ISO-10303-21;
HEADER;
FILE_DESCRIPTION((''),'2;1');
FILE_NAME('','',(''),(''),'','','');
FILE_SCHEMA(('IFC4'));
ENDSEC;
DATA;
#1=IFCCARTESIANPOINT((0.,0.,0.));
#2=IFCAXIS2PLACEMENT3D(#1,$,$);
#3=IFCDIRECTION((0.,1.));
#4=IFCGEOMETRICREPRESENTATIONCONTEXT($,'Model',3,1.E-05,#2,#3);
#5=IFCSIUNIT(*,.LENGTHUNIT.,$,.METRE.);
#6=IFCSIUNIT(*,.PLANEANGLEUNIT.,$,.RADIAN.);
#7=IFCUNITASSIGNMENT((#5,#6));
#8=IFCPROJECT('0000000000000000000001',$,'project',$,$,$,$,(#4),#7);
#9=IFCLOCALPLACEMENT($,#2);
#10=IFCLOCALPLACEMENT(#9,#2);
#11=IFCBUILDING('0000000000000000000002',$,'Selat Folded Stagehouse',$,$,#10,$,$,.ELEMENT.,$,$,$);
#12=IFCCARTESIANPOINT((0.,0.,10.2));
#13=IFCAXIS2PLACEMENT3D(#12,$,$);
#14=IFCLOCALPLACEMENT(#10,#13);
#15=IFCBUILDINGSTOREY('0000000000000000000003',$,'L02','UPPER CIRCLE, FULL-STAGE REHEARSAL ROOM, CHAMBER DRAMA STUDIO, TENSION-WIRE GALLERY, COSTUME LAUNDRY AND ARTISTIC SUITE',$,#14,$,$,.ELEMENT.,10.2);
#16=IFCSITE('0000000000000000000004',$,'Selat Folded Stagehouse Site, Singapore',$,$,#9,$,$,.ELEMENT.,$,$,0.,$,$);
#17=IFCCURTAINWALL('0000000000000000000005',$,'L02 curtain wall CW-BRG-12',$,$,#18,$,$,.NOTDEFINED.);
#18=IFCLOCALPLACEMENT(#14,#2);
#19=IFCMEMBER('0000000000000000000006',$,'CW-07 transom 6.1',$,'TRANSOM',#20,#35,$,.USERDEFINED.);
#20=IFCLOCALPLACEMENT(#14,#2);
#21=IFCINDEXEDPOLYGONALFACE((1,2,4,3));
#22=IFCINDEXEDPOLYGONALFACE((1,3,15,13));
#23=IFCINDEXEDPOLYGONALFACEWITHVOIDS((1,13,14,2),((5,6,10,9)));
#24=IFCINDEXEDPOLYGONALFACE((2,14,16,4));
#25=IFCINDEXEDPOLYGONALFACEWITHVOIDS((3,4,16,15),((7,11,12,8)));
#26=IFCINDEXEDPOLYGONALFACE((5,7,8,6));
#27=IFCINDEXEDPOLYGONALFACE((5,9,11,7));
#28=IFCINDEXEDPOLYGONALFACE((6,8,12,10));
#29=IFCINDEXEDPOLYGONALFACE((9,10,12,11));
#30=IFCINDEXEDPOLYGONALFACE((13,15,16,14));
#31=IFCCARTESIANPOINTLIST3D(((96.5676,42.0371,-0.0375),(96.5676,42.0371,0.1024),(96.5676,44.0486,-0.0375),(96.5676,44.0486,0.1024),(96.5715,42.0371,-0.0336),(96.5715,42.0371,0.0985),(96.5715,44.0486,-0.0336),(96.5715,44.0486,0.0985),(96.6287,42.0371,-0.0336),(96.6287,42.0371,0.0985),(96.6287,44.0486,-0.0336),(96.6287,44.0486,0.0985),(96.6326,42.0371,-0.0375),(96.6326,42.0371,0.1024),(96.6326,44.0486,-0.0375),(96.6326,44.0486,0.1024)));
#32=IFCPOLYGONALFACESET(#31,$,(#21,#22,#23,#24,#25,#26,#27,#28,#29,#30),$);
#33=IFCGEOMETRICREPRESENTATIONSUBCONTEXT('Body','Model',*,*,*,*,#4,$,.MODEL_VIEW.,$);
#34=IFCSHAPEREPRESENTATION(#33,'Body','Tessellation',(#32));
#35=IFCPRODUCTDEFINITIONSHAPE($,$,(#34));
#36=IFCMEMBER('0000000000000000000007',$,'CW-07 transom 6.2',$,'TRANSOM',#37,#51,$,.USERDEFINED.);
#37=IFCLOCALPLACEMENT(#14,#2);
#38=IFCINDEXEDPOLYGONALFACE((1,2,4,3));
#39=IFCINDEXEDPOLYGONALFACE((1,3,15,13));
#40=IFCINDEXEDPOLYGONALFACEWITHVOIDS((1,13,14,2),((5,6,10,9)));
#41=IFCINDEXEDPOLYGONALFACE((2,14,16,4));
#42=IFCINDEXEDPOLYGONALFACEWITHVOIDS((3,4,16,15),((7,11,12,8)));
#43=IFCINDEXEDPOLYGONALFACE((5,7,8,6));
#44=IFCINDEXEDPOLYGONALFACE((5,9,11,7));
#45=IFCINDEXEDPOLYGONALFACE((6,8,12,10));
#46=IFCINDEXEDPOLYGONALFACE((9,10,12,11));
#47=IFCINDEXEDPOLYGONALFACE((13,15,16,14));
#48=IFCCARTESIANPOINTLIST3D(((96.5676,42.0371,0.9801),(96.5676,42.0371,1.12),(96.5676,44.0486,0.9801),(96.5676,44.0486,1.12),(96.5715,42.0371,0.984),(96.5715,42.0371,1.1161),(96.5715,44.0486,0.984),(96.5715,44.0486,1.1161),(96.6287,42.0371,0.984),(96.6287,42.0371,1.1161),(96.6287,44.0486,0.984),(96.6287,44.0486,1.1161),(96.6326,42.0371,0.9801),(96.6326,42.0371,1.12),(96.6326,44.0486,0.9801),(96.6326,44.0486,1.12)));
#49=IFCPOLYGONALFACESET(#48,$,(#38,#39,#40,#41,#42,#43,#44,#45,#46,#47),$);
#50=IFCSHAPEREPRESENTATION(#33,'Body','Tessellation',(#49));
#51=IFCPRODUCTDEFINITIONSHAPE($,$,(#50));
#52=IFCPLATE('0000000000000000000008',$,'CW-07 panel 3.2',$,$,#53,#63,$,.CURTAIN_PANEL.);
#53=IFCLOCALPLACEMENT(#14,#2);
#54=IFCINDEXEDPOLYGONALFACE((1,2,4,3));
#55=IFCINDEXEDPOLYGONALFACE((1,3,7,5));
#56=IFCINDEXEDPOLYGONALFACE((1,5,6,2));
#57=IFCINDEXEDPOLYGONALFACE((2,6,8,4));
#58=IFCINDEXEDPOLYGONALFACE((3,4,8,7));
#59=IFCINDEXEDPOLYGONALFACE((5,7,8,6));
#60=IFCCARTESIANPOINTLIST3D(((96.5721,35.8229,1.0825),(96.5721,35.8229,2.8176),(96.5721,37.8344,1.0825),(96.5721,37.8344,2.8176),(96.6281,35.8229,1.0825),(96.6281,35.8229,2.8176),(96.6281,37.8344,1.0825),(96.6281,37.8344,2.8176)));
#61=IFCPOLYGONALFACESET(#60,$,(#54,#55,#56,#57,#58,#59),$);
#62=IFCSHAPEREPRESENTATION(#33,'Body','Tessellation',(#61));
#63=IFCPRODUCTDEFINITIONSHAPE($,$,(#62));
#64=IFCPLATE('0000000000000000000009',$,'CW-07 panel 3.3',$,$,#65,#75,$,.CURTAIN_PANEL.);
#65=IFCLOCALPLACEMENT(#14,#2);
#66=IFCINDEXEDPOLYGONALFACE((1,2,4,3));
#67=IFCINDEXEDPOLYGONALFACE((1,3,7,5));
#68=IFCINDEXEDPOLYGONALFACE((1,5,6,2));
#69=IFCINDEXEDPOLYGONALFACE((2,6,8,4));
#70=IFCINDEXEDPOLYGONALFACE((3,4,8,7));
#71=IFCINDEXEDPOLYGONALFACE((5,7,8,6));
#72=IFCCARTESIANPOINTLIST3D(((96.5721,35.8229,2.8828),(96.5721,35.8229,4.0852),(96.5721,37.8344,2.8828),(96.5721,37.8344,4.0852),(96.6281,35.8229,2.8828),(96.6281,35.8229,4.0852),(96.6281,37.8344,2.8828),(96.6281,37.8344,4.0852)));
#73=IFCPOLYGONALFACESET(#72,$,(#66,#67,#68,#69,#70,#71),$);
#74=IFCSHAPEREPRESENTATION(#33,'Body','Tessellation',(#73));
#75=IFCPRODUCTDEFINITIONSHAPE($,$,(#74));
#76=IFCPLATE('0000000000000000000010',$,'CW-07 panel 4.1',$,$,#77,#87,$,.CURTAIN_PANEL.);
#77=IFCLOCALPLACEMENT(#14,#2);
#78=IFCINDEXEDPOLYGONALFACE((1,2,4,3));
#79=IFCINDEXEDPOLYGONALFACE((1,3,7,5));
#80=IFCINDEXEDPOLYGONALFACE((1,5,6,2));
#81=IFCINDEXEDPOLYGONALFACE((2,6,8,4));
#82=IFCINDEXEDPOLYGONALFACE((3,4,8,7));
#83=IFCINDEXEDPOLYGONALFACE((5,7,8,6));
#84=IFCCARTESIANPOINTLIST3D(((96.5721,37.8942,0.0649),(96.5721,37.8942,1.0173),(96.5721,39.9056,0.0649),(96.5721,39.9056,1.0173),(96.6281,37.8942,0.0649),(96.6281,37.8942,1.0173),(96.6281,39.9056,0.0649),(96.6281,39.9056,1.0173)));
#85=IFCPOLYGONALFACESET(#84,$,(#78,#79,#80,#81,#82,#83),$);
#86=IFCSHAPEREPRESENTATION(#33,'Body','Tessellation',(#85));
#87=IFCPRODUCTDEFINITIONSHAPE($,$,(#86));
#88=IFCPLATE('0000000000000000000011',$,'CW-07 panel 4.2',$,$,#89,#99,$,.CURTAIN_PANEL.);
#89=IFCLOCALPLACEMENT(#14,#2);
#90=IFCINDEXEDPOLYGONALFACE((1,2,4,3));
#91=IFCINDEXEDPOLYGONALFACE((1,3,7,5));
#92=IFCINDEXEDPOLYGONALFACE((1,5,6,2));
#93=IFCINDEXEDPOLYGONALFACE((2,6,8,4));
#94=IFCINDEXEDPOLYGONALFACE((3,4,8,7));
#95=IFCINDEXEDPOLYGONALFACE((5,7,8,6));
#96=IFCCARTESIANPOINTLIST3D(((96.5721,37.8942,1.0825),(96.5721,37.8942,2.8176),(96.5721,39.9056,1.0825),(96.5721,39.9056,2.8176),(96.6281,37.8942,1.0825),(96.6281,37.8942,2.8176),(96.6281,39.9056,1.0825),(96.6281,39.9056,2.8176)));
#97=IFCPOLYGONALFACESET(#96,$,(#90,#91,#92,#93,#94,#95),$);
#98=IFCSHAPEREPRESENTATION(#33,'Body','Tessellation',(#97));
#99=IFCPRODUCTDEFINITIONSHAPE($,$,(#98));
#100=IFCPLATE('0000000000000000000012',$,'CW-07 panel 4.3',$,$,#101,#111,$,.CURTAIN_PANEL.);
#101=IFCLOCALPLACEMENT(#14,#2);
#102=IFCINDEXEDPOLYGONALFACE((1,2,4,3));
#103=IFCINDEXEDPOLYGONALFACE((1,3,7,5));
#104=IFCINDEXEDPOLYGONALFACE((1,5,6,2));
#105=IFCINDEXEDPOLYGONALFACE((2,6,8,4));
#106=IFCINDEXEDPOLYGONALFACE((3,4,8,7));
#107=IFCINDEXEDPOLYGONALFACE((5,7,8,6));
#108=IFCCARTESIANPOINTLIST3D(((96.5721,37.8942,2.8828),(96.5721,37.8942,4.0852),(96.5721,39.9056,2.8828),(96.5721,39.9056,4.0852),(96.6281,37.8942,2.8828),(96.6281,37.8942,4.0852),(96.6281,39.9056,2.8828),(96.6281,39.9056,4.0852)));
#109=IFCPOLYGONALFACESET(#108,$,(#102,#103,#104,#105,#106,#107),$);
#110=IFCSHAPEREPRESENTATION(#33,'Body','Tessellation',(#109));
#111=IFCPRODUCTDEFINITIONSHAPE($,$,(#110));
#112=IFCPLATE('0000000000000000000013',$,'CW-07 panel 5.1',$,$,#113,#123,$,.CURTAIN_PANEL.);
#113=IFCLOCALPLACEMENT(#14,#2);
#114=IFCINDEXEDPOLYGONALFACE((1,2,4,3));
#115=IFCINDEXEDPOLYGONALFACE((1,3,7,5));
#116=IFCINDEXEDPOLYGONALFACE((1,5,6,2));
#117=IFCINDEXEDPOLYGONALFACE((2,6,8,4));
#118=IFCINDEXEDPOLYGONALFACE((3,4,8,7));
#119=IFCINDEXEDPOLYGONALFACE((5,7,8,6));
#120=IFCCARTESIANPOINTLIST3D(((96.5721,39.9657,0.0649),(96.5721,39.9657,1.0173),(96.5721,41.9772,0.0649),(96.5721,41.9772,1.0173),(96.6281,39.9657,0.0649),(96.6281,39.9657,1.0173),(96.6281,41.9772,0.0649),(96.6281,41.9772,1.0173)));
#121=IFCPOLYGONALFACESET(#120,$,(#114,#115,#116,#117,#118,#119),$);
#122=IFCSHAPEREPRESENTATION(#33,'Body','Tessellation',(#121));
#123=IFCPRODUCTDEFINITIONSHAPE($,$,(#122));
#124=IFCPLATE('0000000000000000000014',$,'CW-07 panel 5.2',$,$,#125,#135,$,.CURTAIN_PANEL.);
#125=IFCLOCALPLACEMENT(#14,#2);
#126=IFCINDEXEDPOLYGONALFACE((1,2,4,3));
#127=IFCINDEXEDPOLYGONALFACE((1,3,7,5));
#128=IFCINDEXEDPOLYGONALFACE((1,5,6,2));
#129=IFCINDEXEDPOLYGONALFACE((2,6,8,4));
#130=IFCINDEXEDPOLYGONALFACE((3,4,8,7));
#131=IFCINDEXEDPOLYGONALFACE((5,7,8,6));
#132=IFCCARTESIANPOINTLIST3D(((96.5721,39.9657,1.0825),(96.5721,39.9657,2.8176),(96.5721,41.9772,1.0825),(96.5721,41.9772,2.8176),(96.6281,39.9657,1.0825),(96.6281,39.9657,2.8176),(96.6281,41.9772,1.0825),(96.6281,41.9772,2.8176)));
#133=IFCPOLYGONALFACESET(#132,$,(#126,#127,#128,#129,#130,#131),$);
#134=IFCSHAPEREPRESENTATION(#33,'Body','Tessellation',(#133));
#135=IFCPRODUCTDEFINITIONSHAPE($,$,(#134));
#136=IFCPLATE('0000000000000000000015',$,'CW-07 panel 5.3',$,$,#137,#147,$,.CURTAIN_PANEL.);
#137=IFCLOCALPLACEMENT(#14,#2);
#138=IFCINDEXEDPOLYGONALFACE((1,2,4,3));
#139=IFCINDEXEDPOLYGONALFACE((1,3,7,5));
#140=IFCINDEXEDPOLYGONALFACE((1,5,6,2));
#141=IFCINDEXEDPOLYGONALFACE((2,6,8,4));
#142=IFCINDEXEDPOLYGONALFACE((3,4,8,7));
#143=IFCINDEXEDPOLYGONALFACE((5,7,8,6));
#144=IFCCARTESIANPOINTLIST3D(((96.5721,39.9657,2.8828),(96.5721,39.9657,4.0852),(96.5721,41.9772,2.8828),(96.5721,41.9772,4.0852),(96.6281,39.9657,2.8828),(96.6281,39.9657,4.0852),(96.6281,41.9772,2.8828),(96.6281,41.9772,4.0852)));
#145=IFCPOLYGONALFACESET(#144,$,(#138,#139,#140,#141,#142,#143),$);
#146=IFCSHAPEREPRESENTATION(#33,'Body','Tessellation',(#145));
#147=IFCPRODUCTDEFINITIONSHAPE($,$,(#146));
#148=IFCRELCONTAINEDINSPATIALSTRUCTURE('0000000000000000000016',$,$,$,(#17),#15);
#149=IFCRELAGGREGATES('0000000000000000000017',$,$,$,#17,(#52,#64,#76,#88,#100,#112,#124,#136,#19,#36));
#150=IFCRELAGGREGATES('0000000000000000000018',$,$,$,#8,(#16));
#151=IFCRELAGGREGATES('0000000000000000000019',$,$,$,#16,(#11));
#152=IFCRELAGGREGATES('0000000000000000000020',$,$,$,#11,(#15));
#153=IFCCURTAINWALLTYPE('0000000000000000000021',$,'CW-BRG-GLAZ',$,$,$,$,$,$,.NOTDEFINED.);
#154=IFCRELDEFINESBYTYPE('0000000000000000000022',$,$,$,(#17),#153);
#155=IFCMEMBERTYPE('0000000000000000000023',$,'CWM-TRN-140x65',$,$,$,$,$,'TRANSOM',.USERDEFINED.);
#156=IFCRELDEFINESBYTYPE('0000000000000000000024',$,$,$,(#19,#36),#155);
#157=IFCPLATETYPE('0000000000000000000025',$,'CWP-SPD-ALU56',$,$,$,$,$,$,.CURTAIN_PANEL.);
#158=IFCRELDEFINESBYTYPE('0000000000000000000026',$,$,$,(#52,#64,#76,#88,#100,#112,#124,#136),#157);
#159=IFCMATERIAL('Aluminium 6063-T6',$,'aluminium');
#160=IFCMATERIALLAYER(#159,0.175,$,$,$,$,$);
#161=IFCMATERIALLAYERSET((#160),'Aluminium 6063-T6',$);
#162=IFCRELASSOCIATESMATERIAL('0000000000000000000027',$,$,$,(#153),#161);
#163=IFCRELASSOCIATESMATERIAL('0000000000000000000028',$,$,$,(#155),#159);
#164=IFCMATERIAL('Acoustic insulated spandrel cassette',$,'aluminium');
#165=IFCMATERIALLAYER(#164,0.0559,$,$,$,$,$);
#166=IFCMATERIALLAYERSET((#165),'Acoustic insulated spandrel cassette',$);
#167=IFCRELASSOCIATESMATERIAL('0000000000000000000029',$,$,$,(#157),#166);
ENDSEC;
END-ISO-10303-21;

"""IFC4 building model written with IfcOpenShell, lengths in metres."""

from ifc_helpers import new_model, si_unit, direction, frame, origin, origin_2d, place, context, subcontext, project, spatial, rectangle, hollow_rectangle, extrude, material, layer, layer_set, material_profile, profile_set, type_object, element, aggregate, save


model = new_model("IFC4")

# Units and contexts
model_context = context("Model", 3, precision=1e-05, world=origin(), true_north=direction((0.0, 1.0)))
body_context = subcontext(model_context, "Body", "Model", "MODEL_VIEW")
ifc_project = project(units=[si_unit("LENGTHUNIT", "METRE"), si_unit("PLANEANGLEUNIT", "RADIAN")], contexts=[model_context])

# Site, building, storey
site_placement = place(None, origin())
site = spatial("IfcSite", under=ifc_project, at=site_placement, Name="Selat Folded Stagehouse Site, Singapore", CompositionType="ELEMENT", RefElevation=0.0)
building_placement = place(site_placement, origin())
building = spatial("IfcBuilding", under=site, at=building_placement, Name="Selat Folded Stagehouse", CompositionType="ELEMENT")
storey_placement = place(building_placement, frame((0.0, 0.0, 10.2)))
storey = spatial("IfcBuildingStorey", under=building, at=storey_placement, Name="L02", Description="UPPER CIRCLE, FULL-STAGE REHEARSAL ROOM, CHAMBER DRAMA STUDIO, TENSION-WIRE GALLERY, COSTUME LAUNDRY AND ARTISTIC SUITE", CompositionType="ELEMENT", Elevation=10.2)

# Curtain wall, members, plates
ifc_material_1 = material(Name="Aluminium 6063-T6", Category="aluminium")
ifc_layer_1 = layer(ifc_material_1, 0.175)
ifc_layer_set_1 = layer_set([ifc_layer_1], Name="Aluminium 6063-T6")
curtain_wall_type = type_object("IfcCurtainWallType", Name="CW-BRG-GLAZ", PredefinedType="NOTDEFINED", material=ifc_layer_set_1)
curtain_wall_placement = place(storey_placement, origin())
curtain_wall = element("IfcCurtainWall", 1, at=curtain_wall_placement, inside=storey, type_object=curtain_wall_type, Name="L02 curtain wall CW-BRG-12", PredefinedType="NOTDEFINED")
ifc_material_profile_1 = material_profile(ifc_material_1, hollow_rectangle(XDim=0.0649, YDim=0.1399, WallThickness=0.0039, at=origin_2d()), Name="ALU 140x65x4.0")
ifc_profile_set_1 = profile_set([ifc_material_profile_1], Name="Aluminium 6063-T6")
member_type_1 = type_object("IfcMemberType", Name="CWM-TRN-140x65", ElementType="TRANSOM", PredefinedType="USERDEFINED", material=ifc_profile_set_1)
member_1_placement = place(storey_placement, frame((96.6001, 42.0371, 0.0325), z_axis=(0.0, 1.0, 0.0), x_axis=(-1.0, 0.0, 0.0)))
member_1 = element("IfcMember", 2, at=member_1_placement, type_object=member_type_1, Name="CW-07 transom 6.1", ObjectType="TRANSOM", PredefinedType="USERDEFINED", context=body_context, shape_type="SweptSolid", body=[
    extrude(hollow_rectangle(XDim=0.0649, YDim=0.1399, WallThickness=0.0039, at=origin_2d()), origin(), (0.0, 0.0, 1.0), 2.0115),
])
member_2_placement = place(storey_placement, frame((96.6001, 42.0371, 1.05), z_axis=(0.0, 1.0, 0.0), x_axis=(-1.0, 0.0, 0.0)))
member_2 = element("IfcMember", 3, at=member_2_placement, type_object=member_type_1, Name="CW-07 transom 6.2", ObjectType="TRANSOM", PredefinedType="USERDEFINED", context=body_context, shape_type="SweptSolid", body=[
    extrude(hollow_rectangle(XDim=0.0649, YDim=0.1399, WallThickness=0.0039, at=origin_2d()), origin(), (0.0, 0.0, 1.0), 2.0115),
])
ifc_material_2 = material(Name="Acoustic insulated spandrel cassette", Category="aluminium")
ifc_layer_2 = layer(ifc_material_2, 0.0559)
ifc_layer_set_2 = layer_set([ifc_layer_2], Name="Acoustic insulated spandrel cassette")
plate_type = type_object("IfcPlateType", Name="CWP-SPD-ALU56", PredefinedType="CURTAIN_PANEL", material=ifc_layer_set_2)
plate_1_placement = place(storey_placement, frame((96.6001, 36.8286, 1.0825), z_axis=(0.0, 0.0, 1.0), x_axis=(0.0, 1.0, 0.0)))
plate_1 = element("IfcPlate", 4, at=plate_1_placement, type_object=plate_type, Name="CW-07 panel 3.2", PredefinedType="CURTAIN_PANEL", context=body_context, shape_type="SweptSolid", body=[
    extrude(rectangle(XDim=2.0115, YDim=0.0559, at=origin_2d()), origin(), (0.0, 0.0, 1.0), 1.7351),
])
plate_2_placement = place(storey_placement, frame((96.6001, 36.8286, 2.8828), z_axis=(0.0, 0.0, 1.0), x_axis=(0.0, 1.0, 0.0)))
plate_2 = element("IfcPlate", 5, at=plate_2_placement, type_object=plate_type, Name="CW-07 panel 3.3", PredefinedType="CURTAIN_PANEL", context=body_context, shape_type="SweptSolid", body=[
    extrude(rectangle(XDim=2.0115, YDim=0.0559, at=origin_2d()), origin(), (0.0, 0.0, 1.0), 1.2024),
])
plate_3_placement = place(storey_placement, frame((96.6001, 38.8999, 0.0649), z_axis=(0.0, 0.0, 1.0), x_axis=(0.0, 1.0, 0.0)))
plate_3 = element("IfcPlate", 6, at=plate_3_placement, type_object=plate_type, Name="CW-07 panel 4.1", PredefinedType="CURTAIN_PANEL", context=body_context, shape_type="SweptSolid", body=[
    extrude(rectangle(XDim=2.0115, YDim=0.0559, at=origin_2d()), origin(), (0.0, 0.0, 1.0), 0.9524),
])
plate_4_placement = place(storey_placement, frame((96.6001, 38.8999, 1.0825), z_axis=(0.0, 0.0, 1.0), x_axis=(0.0, 1.0, 0.0)))
plate_4 = element("IfcPlate", 7, at=plate_4_placement, type_object=plate_type, Name="CW-07 panel 4.2", PredefinedType="CURTAIN_PANEL", context=body_context, shape_type="SweptSolid", body=[
    extrude(rectangle(XDim=2.0115, YDim=0.0559, at=origin_2d()), origin(), (0.0, 0.0, 1.0), 1.7351),
])
plate_5_placement = place(storey_placement, frame((96.6001, 38.8999, 2.8828), z_axis=(0.0, 0.0, 1.0), x_axis=(0.0, 1.0, 0.0)))
plate_5 = element("IfcPlate", 8, at=plate_5_placement, type_object=plate_type, Name="CW-07 panel 4.3", PredefinedType="CURTAIN_PANEL", context=body_context, shape_type="SweptSolid", body=[
    extrude(rectangle(XDim=2.0115, YDim=0.0559, at=origin_2d()), origin(), (0.0, 0.0, 1.0), 1.2024),
])
plate_6_placement = place(storey_placement, frame((96.6001, 40.9714, 0.0649), z_axis=(0.0, 0.0, 1.0), x_axis=(0.0, 1.0, 0.0)))
plate_6 = element("IfcPlate", 9, at=plate_6_placement, type_object=plate_type, Name="CW-07 panel 5.1", PredefinedType="CURTAIN_PANEL", context=body_context, shape_type="SweptSolid", body=[
    extrude(rectangle(XDim=2.0115, YDim=0.0559, at=origin_2d()), origin(), (0.0, 0.0, 1.0), 0.9524),
])
plate_7_placement = place(storey_placement, frame((96.6001, 40.9714, 1.0825), z_axis=(0.0, 0.0, 1.0), x_axis=(0.0, 1.0, 0.0)))
plate_7 = element("IfcPlate", 10, at=plate_7_placement, type_object=plate_type, Name="CW-07 panel 5.2", PredefinedType="CURTAIN_PANEL", context=body_context, shape_type="SweptSolid", body=[
    extrude(rectangle(XDim=2.0115, YDim=0.0559, at=origin_2d()), origin(), (0.0, 0.0, 1.0), 1.7351),
])
plate_8_placement = place(storey_placement, frame((96.6001, 40.9714, 2.8828), z_axis=(0.0, 0.0, 1.0), x_axis=(0.0, 1.0, 0.0)))
plate_8 = element("IfcPlate", 11, at=plate_8_placement, type_object=plate_type, Name="CW-07 panel 5.3", PredefinedType="CURTAIN_PANEL", context=body_context, shape_type="SweptSolid", body=[
    extrude(rectangle(XDim=2.0115, YDim=0.0559, at=origin_2d()), origin(), (0.0, 0.0, 1.0), 1.2024),
])
aggregate(curtain_wall, [plate_1, plate_2, plate_3, plate_4, plate_5, plate_6, plate_7, plate_8, member_1, member_2])

save(model, "model.ifc")
